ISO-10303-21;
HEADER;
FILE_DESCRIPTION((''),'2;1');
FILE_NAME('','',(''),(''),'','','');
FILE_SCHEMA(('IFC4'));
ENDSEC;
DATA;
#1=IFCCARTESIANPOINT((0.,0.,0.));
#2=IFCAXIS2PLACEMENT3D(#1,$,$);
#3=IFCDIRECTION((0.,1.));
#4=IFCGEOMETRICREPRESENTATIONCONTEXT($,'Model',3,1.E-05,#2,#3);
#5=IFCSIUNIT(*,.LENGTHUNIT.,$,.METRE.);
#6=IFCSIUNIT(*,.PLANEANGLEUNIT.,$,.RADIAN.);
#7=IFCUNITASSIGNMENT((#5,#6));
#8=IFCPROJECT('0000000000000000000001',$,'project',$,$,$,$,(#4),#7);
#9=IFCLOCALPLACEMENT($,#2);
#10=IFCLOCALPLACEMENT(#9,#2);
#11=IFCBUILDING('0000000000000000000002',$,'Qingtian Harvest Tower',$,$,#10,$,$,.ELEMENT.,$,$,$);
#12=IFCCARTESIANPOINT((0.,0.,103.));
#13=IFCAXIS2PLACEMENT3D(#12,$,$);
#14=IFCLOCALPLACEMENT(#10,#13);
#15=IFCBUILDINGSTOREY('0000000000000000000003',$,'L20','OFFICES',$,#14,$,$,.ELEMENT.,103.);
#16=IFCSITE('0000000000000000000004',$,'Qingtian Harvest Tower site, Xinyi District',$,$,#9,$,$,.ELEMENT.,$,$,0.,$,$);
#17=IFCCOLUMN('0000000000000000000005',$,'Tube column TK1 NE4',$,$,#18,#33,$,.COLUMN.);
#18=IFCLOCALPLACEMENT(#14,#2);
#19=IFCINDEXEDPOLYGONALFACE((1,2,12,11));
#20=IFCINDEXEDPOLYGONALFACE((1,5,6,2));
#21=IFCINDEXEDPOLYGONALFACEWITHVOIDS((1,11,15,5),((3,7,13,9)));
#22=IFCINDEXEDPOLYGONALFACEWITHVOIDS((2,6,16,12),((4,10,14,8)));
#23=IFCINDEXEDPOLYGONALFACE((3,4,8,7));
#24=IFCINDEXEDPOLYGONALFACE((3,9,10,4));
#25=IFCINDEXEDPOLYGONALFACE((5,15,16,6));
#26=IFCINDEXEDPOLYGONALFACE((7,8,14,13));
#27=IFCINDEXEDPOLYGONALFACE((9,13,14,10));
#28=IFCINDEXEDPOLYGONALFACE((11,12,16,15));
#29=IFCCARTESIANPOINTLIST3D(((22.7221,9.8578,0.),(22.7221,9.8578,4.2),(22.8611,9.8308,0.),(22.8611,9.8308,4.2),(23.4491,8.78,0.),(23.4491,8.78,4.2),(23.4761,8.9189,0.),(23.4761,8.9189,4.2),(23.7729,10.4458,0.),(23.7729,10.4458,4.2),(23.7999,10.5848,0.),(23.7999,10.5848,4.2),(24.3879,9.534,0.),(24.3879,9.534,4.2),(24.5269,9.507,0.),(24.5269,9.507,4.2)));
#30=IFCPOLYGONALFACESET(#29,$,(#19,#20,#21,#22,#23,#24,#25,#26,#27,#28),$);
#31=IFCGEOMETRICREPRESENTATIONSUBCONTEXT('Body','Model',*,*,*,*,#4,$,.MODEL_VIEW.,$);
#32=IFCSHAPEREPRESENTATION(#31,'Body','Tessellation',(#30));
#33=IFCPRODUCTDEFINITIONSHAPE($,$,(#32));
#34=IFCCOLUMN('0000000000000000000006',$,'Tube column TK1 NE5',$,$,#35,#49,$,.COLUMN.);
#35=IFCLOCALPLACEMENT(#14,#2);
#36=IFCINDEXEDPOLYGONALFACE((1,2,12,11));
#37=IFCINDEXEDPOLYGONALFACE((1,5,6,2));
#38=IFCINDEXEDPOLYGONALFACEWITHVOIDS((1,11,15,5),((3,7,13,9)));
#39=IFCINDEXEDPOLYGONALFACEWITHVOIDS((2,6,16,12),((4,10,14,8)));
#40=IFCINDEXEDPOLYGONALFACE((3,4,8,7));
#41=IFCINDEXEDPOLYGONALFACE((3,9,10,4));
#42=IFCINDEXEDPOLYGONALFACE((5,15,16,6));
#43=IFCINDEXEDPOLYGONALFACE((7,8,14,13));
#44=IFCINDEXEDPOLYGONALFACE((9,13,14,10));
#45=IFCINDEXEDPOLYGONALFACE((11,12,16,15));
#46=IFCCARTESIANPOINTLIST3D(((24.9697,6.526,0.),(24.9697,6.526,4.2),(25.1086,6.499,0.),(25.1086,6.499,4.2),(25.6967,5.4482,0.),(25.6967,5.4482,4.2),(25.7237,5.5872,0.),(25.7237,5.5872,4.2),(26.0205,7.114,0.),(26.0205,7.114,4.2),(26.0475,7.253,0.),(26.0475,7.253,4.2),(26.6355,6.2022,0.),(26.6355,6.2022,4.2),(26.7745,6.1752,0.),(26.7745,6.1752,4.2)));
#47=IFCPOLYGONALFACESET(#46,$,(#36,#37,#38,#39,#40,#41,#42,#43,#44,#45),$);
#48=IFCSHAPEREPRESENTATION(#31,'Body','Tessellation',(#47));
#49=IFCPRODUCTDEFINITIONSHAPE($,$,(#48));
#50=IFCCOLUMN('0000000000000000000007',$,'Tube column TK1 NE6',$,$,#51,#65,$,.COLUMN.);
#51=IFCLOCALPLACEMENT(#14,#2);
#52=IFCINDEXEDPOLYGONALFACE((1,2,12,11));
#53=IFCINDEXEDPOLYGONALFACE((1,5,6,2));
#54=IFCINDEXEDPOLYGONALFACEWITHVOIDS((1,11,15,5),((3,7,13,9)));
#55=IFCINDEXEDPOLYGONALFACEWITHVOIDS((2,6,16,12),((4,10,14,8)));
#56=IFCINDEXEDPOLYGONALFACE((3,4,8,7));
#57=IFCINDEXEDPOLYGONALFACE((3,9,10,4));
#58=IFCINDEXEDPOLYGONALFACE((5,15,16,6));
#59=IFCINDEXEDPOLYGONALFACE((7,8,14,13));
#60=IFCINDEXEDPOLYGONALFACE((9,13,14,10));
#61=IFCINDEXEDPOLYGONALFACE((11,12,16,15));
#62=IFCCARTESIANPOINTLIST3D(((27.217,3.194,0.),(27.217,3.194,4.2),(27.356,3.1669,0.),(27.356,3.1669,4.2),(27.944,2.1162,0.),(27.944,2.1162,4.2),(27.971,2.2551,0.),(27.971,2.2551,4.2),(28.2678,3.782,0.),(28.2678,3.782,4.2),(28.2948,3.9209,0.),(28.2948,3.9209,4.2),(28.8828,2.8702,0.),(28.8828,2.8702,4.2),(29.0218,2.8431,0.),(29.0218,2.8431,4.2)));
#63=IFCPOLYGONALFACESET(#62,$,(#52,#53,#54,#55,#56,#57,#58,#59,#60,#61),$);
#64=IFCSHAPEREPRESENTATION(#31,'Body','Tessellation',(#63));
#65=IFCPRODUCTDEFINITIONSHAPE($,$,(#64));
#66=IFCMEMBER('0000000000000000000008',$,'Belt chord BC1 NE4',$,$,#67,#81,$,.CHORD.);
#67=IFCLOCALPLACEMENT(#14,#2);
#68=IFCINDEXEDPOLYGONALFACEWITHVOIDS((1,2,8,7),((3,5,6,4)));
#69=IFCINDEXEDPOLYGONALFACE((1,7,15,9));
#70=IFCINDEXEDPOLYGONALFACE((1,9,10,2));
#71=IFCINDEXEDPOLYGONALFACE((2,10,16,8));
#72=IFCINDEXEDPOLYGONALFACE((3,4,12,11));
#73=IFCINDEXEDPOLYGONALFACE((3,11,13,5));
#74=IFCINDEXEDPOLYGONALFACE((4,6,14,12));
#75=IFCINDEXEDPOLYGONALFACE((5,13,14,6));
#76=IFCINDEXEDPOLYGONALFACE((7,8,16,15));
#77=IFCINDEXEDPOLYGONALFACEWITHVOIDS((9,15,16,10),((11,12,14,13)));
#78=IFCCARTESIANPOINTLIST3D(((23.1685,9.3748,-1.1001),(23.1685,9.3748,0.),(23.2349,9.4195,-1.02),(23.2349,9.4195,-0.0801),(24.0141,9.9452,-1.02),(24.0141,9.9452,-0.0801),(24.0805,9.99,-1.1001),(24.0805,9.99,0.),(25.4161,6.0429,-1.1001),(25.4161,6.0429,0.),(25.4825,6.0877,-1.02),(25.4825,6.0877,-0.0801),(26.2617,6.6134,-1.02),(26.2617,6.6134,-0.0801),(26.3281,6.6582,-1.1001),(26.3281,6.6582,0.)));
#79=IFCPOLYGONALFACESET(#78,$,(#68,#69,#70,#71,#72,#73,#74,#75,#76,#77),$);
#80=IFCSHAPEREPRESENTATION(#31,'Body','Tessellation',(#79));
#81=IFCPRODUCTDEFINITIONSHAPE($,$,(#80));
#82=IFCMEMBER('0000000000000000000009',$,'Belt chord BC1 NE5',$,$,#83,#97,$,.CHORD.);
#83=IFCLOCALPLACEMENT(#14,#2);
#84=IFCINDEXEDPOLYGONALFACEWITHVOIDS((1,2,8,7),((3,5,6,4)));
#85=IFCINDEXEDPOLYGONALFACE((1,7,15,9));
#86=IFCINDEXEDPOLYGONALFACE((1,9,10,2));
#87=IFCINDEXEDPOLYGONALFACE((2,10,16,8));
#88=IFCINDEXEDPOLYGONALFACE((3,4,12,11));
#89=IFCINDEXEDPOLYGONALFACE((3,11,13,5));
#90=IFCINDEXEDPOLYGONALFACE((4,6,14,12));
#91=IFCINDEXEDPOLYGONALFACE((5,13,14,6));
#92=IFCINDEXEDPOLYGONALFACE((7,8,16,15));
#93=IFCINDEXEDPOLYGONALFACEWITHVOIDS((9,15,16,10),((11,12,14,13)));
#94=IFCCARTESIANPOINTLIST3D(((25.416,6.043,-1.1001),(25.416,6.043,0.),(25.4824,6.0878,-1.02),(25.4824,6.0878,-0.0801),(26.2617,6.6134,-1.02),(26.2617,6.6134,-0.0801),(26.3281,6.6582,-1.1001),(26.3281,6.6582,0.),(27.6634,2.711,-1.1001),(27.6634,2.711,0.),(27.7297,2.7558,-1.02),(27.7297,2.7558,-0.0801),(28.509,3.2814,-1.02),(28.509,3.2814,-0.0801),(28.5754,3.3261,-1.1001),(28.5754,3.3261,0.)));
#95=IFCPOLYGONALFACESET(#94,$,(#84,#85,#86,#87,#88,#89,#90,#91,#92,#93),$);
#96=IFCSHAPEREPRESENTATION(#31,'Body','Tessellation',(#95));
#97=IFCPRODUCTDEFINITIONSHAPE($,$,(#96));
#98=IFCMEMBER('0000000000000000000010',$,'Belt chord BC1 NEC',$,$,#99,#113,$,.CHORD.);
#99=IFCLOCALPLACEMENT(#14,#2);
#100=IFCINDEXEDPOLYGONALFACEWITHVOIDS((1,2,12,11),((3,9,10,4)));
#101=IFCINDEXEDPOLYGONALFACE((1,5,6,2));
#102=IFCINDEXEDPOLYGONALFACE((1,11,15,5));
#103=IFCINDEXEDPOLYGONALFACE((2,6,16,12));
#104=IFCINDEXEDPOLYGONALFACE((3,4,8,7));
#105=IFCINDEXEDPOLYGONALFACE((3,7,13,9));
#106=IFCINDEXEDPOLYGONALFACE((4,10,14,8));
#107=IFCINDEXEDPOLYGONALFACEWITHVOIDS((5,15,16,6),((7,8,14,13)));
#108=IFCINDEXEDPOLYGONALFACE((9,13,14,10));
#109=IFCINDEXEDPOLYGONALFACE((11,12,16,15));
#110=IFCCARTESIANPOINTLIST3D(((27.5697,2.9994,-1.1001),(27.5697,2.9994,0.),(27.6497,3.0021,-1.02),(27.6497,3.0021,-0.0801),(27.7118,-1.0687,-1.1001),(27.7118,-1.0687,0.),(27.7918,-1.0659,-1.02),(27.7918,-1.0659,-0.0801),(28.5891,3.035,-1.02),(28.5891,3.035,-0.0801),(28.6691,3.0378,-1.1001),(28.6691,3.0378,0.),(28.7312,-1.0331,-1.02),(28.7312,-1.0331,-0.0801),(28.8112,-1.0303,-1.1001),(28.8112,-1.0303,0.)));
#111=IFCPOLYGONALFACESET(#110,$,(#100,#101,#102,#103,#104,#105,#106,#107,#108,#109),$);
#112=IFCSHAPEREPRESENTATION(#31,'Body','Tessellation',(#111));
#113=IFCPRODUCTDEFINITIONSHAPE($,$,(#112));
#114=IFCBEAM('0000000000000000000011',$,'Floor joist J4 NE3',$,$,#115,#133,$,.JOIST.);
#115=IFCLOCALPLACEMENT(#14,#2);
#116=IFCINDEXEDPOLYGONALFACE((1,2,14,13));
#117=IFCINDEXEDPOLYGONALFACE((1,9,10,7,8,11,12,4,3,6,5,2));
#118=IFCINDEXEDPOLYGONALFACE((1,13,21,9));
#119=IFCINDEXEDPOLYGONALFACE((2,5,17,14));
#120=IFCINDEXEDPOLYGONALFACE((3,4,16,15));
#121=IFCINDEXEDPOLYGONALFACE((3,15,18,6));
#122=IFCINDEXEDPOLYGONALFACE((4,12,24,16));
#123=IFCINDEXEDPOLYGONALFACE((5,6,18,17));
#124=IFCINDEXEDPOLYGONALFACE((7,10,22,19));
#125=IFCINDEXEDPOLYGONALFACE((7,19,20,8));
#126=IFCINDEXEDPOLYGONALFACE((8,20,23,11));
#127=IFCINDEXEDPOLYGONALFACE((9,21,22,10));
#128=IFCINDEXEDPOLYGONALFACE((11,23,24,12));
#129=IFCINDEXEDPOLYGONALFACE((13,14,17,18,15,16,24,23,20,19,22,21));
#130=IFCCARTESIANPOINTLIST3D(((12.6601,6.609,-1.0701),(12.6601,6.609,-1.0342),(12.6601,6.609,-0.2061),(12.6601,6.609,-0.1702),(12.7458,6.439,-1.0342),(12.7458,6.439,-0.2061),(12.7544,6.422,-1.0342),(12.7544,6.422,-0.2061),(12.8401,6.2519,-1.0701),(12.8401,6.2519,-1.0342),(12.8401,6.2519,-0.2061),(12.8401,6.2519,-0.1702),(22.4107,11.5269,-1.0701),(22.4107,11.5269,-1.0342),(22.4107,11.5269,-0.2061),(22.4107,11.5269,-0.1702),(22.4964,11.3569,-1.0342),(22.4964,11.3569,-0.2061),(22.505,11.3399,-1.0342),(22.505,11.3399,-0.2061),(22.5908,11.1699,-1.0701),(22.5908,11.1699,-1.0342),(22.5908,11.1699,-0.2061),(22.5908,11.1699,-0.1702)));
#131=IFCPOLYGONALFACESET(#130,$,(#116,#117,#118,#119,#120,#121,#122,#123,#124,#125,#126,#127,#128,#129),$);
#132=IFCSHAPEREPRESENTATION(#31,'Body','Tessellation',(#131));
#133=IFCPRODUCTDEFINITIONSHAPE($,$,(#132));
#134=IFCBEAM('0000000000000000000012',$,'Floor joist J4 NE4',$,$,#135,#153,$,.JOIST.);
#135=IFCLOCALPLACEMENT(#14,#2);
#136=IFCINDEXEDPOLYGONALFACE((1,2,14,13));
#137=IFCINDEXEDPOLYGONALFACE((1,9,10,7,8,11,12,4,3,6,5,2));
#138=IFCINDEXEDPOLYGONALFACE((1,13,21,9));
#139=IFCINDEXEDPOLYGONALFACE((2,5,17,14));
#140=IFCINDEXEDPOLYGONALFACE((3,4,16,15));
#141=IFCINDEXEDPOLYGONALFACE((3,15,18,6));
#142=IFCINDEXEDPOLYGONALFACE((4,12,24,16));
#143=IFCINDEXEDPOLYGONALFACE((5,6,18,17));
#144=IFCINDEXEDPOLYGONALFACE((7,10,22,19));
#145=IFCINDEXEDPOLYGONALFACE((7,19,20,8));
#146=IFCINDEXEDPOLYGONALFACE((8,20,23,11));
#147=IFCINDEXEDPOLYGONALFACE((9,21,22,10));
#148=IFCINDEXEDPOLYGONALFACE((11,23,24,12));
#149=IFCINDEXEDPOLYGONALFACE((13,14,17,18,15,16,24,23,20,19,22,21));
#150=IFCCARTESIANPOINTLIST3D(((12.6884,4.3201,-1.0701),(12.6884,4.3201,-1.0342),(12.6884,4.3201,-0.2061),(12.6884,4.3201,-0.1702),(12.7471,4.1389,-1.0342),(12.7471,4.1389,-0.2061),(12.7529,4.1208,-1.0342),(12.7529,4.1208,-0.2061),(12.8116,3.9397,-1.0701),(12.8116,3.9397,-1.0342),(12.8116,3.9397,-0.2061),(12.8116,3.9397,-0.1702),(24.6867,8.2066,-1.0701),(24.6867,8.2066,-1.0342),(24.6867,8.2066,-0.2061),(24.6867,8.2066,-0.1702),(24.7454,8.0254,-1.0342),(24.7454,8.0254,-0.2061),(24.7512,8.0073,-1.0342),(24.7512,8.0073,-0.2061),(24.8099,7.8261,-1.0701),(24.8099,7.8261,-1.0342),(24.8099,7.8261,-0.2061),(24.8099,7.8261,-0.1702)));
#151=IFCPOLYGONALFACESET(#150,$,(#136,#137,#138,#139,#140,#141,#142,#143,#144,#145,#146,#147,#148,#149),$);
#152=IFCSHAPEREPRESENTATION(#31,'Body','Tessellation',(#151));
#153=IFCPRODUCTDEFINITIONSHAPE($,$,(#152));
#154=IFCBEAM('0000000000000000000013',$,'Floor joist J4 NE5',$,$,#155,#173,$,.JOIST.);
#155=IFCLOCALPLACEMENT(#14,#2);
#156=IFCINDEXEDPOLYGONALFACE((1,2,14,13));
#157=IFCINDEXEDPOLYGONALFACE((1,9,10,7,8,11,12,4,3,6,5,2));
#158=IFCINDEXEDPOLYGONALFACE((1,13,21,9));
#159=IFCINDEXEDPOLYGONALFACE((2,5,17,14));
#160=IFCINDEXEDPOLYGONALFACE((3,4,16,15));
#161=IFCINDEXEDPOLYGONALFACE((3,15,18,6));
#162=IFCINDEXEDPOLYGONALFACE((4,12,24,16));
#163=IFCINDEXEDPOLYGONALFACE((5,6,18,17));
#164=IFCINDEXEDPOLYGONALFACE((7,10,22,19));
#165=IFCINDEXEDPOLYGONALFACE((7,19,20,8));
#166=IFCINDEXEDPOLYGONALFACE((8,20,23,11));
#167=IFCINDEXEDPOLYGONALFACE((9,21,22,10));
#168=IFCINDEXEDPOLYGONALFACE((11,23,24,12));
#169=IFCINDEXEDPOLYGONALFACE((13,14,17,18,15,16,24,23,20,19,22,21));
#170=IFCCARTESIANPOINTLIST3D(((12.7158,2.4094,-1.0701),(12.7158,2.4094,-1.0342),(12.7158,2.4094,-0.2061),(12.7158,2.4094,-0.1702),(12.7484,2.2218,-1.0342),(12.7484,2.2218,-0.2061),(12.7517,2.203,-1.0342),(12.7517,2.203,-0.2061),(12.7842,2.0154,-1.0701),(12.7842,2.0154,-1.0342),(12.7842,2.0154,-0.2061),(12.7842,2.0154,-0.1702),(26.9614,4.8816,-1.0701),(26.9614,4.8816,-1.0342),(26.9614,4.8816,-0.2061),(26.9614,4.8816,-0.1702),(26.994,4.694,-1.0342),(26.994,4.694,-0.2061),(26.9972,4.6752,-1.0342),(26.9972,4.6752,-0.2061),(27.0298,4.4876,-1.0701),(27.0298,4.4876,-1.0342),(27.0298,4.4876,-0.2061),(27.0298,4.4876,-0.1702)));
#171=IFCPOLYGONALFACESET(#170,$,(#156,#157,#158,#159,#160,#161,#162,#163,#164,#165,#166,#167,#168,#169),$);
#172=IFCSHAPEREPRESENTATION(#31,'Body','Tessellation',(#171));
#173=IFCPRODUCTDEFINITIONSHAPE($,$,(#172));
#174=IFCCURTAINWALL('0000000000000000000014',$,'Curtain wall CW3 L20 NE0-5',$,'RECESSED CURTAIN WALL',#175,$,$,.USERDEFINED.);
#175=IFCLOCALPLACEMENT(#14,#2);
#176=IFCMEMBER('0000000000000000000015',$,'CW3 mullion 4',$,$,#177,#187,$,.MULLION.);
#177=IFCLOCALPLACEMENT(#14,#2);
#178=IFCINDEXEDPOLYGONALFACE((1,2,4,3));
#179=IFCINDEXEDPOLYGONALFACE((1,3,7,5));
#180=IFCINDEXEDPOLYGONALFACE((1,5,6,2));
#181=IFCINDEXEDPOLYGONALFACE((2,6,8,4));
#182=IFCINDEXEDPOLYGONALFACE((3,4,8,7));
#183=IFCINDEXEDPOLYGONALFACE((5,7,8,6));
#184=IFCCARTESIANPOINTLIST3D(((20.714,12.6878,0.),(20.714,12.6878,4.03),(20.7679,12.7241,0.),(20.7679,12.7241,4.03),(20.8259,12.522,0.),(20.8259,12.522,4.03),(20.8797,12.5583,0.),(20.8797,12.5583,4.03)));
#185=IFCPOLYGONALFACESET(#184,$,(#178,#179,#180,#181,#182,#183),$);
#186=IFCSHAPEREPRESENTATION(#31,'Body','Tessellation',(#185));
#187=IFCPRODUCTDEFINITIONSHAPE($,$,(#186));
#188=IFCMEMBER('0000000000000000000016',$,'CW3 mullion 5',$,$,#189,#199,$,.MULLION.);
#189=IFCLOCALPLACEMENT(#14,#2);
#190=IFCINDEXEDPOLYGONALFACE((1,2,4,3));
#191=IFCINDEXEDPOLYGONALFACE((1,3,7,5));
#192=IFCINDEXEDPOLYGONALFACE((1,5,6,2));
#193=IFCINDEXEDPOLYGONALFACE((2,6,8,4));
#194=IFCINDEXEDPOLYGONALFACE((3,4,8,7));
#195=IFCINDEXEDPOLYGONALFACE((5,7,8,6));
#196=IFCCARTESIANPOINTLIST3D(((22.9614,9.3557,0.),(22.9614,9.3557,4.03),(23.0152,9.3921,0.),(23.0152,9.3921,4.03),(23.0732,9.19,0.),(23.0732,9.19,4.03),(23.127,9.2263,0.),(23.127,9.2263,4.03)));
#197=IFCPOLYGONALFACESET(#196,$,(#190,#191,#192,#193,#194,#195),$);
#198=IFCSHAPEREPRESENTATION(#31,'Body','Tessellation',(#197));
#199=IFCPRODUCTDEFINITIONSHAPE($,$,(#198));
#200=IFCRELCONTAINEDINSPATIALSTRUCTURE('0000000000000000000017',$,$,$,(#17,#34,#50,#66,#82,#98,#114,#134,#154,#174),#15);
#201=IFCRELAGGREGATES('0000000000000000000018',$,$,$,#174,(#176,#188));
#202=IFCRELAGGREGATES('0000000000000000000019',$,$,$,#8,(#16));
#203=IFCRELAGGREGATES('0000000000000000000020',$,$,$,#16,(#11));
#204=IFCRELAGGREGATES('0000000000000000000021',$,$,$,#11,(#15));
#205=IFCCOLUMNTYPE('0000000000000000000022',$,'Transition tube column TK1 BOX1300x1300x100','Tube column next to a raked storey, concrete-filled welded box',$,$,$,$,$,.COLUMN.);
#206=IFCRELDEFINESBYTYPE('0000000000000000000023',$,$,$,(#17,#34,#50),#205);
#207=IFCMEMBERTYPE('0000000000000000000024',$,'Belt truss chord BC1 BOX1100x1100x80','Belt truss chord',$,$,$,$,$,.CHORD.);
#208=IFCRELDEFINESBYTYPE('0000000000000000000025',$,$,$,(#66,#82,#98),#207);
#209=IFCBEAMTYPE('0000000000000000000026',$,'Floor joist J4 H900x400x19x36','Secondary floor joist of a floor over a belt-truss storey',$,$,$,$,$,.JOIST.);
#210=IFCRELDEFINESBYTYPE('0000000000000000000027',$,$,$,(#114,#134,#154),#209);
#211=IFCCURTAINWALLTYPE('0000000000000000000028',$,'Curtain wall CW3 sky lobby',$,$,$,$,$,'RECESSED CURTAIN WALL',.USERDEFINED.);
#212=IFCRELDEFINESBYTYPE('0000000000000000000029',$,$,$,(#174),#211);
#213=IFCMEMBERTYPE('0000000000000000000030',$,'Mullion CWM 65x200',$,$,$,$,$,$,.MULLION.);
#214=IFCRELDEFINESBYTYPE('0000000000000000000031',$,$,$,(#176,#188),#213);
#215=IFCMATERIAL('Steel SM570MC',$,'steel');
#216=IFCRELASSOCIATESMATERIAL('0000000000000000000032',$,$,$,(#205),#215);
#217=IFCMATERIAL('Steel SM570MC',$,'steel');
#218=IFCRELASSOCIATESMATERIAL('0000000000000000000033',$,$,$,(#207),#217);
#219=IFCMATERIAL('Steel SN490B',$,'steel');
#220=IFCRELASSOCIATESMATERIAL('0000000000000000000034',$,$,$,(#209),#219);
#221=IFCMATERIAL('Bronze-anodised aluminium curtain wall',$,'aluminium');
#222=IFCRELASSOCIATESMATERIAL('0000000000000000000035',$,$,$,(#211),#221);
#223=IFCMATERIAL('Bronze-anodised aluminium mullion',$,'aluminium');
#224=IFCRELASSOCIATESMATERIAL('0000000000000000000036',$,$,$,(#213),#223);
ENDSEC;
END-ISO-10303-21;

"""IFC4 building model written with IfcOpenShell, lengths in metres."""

from ifc_helpers import new_model, si_unit, direction, frame, origin, origin_2d, place, context, subcontext, project, spatial, rectangle, hollow_rectangle, i_section, extrude, material, material_profile, profile_set, type_object, element, aggregate, save


model = new_model("IFC4")

# Units and contexts
model_context = context("Model", 3, precision=1e-05, world=origin(), true_north=direction((0.0, 1.0)))
body_context = subcontext(model_context, "Body", "Model", "MODEL_VIEW")
ifc_project = project(units=[si_unit("LENGTHUNIT", "METRE"), si_unit("PLANEANGLEUNIT", "RADIAN")], contexts=[model_context])

# Site, building, storey
site_placement = place(None, origin())
site = spatial("IfcSite", under=ifc_project, at=site_placement, Name="Qingtian Harvest Tower site, Xinyi District", CompositionType="ELEMENT", RefElevation=0.0)
building_placement = place(site_placement, origin())
building = spatial("IfcBuilding", under=site, at=building_placement, Name="Qingtian Harvest Tower", CompositionType="ELEMENT")
storey_placement = place(building_placement, frame((0.0, 0.0, 103.0)))
storey = spatial("IfcBuildingStorey", under=building, at=storey_placement, Name="L20", Description="OFFICES", CompositionType="ELEMENT", Elevation=103.0)

# Columns
ifc_material_1 = material(Name="Steel SM570MC", Category="steel")
ifc_material_profile_1 = material_profile(ifc_material_1, hollow_rectangle(XDim=1.3, YDim=1.3, WallThickness=0.1001, at=origin_2d()), Name="BOX1300x1300x100")
ifc_profile_set_1 = profile_set([ifc_material_profile_1], Name="Steel SM570MC")
column_type = type_object("IfcColumnType", Name="Transition tube column TK1 BOX1300x1300x100", Description="Tube column next to a raked storey, concrete-filled welded box", PredefinedType="COLUMN", material=ifc_profile_set_1)
for number, where, z_axis, x_axis, name in (
    (1, (23.6245, 9.6824, 0.0), (0.0, 0.0, 1.0), (-0.559193, 0.829038, 0.0), "Tube column TK1 NE4"),
    (2, (25.8721, 6.3506, 0.0), (0.0, 0.0, 1.0), (-0.559193, 0.829038, 0.0), "Tube column TK1 NE5"),
    (3, (28.1194, 3.0186, 0.0), (0.0, 0.0, 1.0), (-0.559193, 0.829038, 0.0), "Tube column TK1 NE6"),
):
    element("IfcColumn", number, at=place(storey_placement, frame(where, z_axis=z_axis, x_axis=x_axis)), inside=storey, type_object=column_type, Name=name, PredefinedType="COLUMN", context=body_context, shape_type="SweptSolid", body=[
        extrude(hollow_rectangle(XDim=1.3, YDim=1.3, WallThickness=0.1001, at=origin_2d()), origin(), (0.0, 0.0, 1.0), 4.2),
    ])

# Members
ifc_material_2 = material(Name="Steel SM570MC", Category="steel")
ifc_material_profile_2 = material_profile(ifc_material_2, hollow_rectangle(XDim=1.1001, YDim=1.1001, WallThickness=0.0801, at=origin_2d()), Name="BOX1100x1100x80")
ifc_profile_set_2 = profile_set([ifc_material_profile_2], Name="Steel SM570MC")
member_type_1 = type_object("IfcMemberType", Name="Belt truss chord BC1 BOX1100x1100x80", Description="Belt truss chord", PredefinedType="CHORD", material=ifc_profile_set_2)
for number, where, z_axis, x_axis, name in (
    (4, (23.6245, 9.6824, -0.55), (0.559234, -0.82901, 0.0), (0.82901, 0.559234, 0.0), "Belt chord BC1 NE4"),
    (5, (25.8721, 6.3506, -0.55), (0.559164, -0.829057, 0.0), (0.829057, 0.559164, 0.0), "Belt chord BC1 NE5"),
):
    element("IfcMember", number, at=place(storey_placement, frame(where, z_axis=z_axis, x_axis=x_axis)), inside=storey, type_object=member_type_1, Name=name, PredefinedType="CHORD", context=body_context, shape_type="SweptSolid", body=[
        extrude(hollow_rectangle(XDim=1.1001, YDim=1.1001, WallThickness=0.0801, at=origin_2d()), origin(), (0.0, 0.0, 1.0), 4.019),
    ])
member_1_placement = place(storey_placement, frame((28.1194, 3.0186, -0.55), z_axis=(0.034906, -0.999391, 0.0), x_axis=(0.999391, 0.034906, 0.0)))
element("IfcMember", 6, at=member_1_placement, inside=storey, type_object=member_type_1, Name="Belt chord BC1 NEC", PredefinedType="CHORD", context=body_context, shape_type="SweptSolid", body=[
    extrude(hollow_rectangle(XDim=1.1001, YDim=1.1001, WallThickness=0.0801, at=origin_2d()), origin(), (0.0, 0.0, 1.0), 4.0706),
])

# Beams
ifc_material_3 = material(Name="Steel SN490B", Category="steel")
ifc_material_profile_3 = material_profile(ifc_material_3, i_section(OverallWidth=0.3999, OverallDepth=0.8999, WebThickness=0.019, FlangeThickness=0.0359, at=origin_2d()), Name="H900x400x19x36")
ifc_profile_set_3 = profile_set([ifc_material_profile_3], Name="Steel SN490B")
beam_type_1 = type_object("IfcBeamType", Name="Floor joist J4 H900x400x19x36", Description="Secondary floor joist of a floor over a belt-truss storey", PredefinedType="JOIST", material=ifc_profile_set_3)
beam_1_placement = place(storey_placement, frame((22.5007, 11.3484, -0.6201), z_axis=(-0.892861, -0.450332, 0.0), x_axis=(0.450332, -0.892861, 0.0)))
element("IfcBeam", 7, at=beam_1_placement, inside=storey, type_object=beam_type_1, Name="Floor joist J4 NE3", PredefinedType="JOIST", context=body_context, shape_type="SweptSolid", body=[
    extrude(i_section(OverallWidth=0.3999, OverallDepth=0.8999, WebThickness=0.019, FlangeThickness=0.0359, at=origin_2d()), origin(), (0.0, 0.0, 1.0), 10.9207),
])
beam_2_placement = place(storey_placement, frame((24.7483, 8.0164, -0.6201), z_axis=(-0.951336, -0.308156, 0.0), x_axis=(0.308156, -0.951336, 0.0)))
element("IfcBeam", 8, at=beam_2_placement, inside=storey, type_object=beam_type_1, Name="Floor joist J4 NE4", PredefinedType="JOIST", context=body_context, shape_type="SweptSolid", body=[
    extrude(i_section(OverallWidth=0.3999, OverallDepth=0.8999, WebThickness=0.019, FlangeThickness=0.0359, at=origin_2d()), origin(), (0.0, 0.0, 1.0), 12.6121),
])
beam_3_placement = place(storey_placement, frame((26.9956, 4.6846, -0.6201), z_axis=(-0.985274, -0.170983, 0.0), x_axis=(0.170983, -0.985274, 0.0)))
element("IfcBeam", 9, at=beam_3_placement, inside=storey, type_object=beam_type_1, Name="Floor joist J4 NE5", PredefinedType="JOIST", context=body_context, shape_type="SweptSolid", body=[
    extrude(i_section(OverallWidth=0.3999, OverallDepth=0.8999, WebThickness=0.019, FlangeThickness=0.0359, at=origin_2d()), origin(), (0.0, 0.0, 1.0), 14.4585),
])

# Curtain wall, members
ifc_material_4 = material(Name="Bronze-anodised aluminium curtain wall", Category="aluminium")
curtain_wall_type = type_object("IfcCurtainWallType", Name="Curtain wall CW3 sky lobby", ElementType="RECESSED CURTAIN WALL", PredefinedType="USERDEFINED", material=ifc_material_4)
curtain_wall_1_placement = place(storey_placement, origin())
curtain_wall_1 = element("IfcCurtainWall", 10, at=curtain_wall_1_placement, inside=storey, type_object=curtain_wall_type, Name="Curtain wall CW3 L20 NE0-5", ObjectType="RECESSED CURTAIN WALL", PredefinedType="USERDEFINED")
ifc_material_5 = material(Name="Bronze-anodised aluminium mullion", Category="aluminium")
ifc_material_profile_4 = material_profile(ifc_material_5, rectangle(XDim=0.0649, YDim=0.2, at=origin_2d()), Name="AL 65x200")
ifc_profile_set_4 = profile_set([ifc_material_profile_4], Name="Bronze-anodised aluminium mullion")
member_type_2 = type_object("IfcMemberType", Name="Mullion CWM 65x200", PredefinedType="MULLION", material=ifc_profile_set_4)
member_2_placement = place(storey_placement, frame((20.7969, 12.623, 0.0), z_axis=(0.0, 0.0, 1.0), x_axis=(0.829038, 0.559193, 0.0)))
member_2 = element("IfcMember", 11, at=member_2_placement, type_object=member_type_2, Name="CW3 mullion 4", PredefinedType="MULLION", context=body_context, shape_type="SweptSolid", body=[
    extrude(rectangle(XDim=0.0649, YDim=0.2, at=origin_2d()), origin(), (0.0, 0.0, 1.0), 4.03),
])
member_3_placement = place(storey_placement, frame((23.0442, 9.291, 0.0), z_axis=(0.0, 0.0, 1.0), x_axis=(0.829038, 0.559193, 0.0)))
member_3 = element("IfcMember", 12, at=member_3_placement, type_object=member_type_2, Name="CW3 mullion 5", PredefinedType="MULLION", context=body_context, shape_type="SweptSolid", body=[
    extrude(rectangle(XDim=0.0649, YDim=0.2, at=origin_2d()), origin(), (0.0, 0.0, 1.0), 4.03),
])

aggregate(curtain_wall_1, [member_2, member_3])

save(model, "model.ifc")
